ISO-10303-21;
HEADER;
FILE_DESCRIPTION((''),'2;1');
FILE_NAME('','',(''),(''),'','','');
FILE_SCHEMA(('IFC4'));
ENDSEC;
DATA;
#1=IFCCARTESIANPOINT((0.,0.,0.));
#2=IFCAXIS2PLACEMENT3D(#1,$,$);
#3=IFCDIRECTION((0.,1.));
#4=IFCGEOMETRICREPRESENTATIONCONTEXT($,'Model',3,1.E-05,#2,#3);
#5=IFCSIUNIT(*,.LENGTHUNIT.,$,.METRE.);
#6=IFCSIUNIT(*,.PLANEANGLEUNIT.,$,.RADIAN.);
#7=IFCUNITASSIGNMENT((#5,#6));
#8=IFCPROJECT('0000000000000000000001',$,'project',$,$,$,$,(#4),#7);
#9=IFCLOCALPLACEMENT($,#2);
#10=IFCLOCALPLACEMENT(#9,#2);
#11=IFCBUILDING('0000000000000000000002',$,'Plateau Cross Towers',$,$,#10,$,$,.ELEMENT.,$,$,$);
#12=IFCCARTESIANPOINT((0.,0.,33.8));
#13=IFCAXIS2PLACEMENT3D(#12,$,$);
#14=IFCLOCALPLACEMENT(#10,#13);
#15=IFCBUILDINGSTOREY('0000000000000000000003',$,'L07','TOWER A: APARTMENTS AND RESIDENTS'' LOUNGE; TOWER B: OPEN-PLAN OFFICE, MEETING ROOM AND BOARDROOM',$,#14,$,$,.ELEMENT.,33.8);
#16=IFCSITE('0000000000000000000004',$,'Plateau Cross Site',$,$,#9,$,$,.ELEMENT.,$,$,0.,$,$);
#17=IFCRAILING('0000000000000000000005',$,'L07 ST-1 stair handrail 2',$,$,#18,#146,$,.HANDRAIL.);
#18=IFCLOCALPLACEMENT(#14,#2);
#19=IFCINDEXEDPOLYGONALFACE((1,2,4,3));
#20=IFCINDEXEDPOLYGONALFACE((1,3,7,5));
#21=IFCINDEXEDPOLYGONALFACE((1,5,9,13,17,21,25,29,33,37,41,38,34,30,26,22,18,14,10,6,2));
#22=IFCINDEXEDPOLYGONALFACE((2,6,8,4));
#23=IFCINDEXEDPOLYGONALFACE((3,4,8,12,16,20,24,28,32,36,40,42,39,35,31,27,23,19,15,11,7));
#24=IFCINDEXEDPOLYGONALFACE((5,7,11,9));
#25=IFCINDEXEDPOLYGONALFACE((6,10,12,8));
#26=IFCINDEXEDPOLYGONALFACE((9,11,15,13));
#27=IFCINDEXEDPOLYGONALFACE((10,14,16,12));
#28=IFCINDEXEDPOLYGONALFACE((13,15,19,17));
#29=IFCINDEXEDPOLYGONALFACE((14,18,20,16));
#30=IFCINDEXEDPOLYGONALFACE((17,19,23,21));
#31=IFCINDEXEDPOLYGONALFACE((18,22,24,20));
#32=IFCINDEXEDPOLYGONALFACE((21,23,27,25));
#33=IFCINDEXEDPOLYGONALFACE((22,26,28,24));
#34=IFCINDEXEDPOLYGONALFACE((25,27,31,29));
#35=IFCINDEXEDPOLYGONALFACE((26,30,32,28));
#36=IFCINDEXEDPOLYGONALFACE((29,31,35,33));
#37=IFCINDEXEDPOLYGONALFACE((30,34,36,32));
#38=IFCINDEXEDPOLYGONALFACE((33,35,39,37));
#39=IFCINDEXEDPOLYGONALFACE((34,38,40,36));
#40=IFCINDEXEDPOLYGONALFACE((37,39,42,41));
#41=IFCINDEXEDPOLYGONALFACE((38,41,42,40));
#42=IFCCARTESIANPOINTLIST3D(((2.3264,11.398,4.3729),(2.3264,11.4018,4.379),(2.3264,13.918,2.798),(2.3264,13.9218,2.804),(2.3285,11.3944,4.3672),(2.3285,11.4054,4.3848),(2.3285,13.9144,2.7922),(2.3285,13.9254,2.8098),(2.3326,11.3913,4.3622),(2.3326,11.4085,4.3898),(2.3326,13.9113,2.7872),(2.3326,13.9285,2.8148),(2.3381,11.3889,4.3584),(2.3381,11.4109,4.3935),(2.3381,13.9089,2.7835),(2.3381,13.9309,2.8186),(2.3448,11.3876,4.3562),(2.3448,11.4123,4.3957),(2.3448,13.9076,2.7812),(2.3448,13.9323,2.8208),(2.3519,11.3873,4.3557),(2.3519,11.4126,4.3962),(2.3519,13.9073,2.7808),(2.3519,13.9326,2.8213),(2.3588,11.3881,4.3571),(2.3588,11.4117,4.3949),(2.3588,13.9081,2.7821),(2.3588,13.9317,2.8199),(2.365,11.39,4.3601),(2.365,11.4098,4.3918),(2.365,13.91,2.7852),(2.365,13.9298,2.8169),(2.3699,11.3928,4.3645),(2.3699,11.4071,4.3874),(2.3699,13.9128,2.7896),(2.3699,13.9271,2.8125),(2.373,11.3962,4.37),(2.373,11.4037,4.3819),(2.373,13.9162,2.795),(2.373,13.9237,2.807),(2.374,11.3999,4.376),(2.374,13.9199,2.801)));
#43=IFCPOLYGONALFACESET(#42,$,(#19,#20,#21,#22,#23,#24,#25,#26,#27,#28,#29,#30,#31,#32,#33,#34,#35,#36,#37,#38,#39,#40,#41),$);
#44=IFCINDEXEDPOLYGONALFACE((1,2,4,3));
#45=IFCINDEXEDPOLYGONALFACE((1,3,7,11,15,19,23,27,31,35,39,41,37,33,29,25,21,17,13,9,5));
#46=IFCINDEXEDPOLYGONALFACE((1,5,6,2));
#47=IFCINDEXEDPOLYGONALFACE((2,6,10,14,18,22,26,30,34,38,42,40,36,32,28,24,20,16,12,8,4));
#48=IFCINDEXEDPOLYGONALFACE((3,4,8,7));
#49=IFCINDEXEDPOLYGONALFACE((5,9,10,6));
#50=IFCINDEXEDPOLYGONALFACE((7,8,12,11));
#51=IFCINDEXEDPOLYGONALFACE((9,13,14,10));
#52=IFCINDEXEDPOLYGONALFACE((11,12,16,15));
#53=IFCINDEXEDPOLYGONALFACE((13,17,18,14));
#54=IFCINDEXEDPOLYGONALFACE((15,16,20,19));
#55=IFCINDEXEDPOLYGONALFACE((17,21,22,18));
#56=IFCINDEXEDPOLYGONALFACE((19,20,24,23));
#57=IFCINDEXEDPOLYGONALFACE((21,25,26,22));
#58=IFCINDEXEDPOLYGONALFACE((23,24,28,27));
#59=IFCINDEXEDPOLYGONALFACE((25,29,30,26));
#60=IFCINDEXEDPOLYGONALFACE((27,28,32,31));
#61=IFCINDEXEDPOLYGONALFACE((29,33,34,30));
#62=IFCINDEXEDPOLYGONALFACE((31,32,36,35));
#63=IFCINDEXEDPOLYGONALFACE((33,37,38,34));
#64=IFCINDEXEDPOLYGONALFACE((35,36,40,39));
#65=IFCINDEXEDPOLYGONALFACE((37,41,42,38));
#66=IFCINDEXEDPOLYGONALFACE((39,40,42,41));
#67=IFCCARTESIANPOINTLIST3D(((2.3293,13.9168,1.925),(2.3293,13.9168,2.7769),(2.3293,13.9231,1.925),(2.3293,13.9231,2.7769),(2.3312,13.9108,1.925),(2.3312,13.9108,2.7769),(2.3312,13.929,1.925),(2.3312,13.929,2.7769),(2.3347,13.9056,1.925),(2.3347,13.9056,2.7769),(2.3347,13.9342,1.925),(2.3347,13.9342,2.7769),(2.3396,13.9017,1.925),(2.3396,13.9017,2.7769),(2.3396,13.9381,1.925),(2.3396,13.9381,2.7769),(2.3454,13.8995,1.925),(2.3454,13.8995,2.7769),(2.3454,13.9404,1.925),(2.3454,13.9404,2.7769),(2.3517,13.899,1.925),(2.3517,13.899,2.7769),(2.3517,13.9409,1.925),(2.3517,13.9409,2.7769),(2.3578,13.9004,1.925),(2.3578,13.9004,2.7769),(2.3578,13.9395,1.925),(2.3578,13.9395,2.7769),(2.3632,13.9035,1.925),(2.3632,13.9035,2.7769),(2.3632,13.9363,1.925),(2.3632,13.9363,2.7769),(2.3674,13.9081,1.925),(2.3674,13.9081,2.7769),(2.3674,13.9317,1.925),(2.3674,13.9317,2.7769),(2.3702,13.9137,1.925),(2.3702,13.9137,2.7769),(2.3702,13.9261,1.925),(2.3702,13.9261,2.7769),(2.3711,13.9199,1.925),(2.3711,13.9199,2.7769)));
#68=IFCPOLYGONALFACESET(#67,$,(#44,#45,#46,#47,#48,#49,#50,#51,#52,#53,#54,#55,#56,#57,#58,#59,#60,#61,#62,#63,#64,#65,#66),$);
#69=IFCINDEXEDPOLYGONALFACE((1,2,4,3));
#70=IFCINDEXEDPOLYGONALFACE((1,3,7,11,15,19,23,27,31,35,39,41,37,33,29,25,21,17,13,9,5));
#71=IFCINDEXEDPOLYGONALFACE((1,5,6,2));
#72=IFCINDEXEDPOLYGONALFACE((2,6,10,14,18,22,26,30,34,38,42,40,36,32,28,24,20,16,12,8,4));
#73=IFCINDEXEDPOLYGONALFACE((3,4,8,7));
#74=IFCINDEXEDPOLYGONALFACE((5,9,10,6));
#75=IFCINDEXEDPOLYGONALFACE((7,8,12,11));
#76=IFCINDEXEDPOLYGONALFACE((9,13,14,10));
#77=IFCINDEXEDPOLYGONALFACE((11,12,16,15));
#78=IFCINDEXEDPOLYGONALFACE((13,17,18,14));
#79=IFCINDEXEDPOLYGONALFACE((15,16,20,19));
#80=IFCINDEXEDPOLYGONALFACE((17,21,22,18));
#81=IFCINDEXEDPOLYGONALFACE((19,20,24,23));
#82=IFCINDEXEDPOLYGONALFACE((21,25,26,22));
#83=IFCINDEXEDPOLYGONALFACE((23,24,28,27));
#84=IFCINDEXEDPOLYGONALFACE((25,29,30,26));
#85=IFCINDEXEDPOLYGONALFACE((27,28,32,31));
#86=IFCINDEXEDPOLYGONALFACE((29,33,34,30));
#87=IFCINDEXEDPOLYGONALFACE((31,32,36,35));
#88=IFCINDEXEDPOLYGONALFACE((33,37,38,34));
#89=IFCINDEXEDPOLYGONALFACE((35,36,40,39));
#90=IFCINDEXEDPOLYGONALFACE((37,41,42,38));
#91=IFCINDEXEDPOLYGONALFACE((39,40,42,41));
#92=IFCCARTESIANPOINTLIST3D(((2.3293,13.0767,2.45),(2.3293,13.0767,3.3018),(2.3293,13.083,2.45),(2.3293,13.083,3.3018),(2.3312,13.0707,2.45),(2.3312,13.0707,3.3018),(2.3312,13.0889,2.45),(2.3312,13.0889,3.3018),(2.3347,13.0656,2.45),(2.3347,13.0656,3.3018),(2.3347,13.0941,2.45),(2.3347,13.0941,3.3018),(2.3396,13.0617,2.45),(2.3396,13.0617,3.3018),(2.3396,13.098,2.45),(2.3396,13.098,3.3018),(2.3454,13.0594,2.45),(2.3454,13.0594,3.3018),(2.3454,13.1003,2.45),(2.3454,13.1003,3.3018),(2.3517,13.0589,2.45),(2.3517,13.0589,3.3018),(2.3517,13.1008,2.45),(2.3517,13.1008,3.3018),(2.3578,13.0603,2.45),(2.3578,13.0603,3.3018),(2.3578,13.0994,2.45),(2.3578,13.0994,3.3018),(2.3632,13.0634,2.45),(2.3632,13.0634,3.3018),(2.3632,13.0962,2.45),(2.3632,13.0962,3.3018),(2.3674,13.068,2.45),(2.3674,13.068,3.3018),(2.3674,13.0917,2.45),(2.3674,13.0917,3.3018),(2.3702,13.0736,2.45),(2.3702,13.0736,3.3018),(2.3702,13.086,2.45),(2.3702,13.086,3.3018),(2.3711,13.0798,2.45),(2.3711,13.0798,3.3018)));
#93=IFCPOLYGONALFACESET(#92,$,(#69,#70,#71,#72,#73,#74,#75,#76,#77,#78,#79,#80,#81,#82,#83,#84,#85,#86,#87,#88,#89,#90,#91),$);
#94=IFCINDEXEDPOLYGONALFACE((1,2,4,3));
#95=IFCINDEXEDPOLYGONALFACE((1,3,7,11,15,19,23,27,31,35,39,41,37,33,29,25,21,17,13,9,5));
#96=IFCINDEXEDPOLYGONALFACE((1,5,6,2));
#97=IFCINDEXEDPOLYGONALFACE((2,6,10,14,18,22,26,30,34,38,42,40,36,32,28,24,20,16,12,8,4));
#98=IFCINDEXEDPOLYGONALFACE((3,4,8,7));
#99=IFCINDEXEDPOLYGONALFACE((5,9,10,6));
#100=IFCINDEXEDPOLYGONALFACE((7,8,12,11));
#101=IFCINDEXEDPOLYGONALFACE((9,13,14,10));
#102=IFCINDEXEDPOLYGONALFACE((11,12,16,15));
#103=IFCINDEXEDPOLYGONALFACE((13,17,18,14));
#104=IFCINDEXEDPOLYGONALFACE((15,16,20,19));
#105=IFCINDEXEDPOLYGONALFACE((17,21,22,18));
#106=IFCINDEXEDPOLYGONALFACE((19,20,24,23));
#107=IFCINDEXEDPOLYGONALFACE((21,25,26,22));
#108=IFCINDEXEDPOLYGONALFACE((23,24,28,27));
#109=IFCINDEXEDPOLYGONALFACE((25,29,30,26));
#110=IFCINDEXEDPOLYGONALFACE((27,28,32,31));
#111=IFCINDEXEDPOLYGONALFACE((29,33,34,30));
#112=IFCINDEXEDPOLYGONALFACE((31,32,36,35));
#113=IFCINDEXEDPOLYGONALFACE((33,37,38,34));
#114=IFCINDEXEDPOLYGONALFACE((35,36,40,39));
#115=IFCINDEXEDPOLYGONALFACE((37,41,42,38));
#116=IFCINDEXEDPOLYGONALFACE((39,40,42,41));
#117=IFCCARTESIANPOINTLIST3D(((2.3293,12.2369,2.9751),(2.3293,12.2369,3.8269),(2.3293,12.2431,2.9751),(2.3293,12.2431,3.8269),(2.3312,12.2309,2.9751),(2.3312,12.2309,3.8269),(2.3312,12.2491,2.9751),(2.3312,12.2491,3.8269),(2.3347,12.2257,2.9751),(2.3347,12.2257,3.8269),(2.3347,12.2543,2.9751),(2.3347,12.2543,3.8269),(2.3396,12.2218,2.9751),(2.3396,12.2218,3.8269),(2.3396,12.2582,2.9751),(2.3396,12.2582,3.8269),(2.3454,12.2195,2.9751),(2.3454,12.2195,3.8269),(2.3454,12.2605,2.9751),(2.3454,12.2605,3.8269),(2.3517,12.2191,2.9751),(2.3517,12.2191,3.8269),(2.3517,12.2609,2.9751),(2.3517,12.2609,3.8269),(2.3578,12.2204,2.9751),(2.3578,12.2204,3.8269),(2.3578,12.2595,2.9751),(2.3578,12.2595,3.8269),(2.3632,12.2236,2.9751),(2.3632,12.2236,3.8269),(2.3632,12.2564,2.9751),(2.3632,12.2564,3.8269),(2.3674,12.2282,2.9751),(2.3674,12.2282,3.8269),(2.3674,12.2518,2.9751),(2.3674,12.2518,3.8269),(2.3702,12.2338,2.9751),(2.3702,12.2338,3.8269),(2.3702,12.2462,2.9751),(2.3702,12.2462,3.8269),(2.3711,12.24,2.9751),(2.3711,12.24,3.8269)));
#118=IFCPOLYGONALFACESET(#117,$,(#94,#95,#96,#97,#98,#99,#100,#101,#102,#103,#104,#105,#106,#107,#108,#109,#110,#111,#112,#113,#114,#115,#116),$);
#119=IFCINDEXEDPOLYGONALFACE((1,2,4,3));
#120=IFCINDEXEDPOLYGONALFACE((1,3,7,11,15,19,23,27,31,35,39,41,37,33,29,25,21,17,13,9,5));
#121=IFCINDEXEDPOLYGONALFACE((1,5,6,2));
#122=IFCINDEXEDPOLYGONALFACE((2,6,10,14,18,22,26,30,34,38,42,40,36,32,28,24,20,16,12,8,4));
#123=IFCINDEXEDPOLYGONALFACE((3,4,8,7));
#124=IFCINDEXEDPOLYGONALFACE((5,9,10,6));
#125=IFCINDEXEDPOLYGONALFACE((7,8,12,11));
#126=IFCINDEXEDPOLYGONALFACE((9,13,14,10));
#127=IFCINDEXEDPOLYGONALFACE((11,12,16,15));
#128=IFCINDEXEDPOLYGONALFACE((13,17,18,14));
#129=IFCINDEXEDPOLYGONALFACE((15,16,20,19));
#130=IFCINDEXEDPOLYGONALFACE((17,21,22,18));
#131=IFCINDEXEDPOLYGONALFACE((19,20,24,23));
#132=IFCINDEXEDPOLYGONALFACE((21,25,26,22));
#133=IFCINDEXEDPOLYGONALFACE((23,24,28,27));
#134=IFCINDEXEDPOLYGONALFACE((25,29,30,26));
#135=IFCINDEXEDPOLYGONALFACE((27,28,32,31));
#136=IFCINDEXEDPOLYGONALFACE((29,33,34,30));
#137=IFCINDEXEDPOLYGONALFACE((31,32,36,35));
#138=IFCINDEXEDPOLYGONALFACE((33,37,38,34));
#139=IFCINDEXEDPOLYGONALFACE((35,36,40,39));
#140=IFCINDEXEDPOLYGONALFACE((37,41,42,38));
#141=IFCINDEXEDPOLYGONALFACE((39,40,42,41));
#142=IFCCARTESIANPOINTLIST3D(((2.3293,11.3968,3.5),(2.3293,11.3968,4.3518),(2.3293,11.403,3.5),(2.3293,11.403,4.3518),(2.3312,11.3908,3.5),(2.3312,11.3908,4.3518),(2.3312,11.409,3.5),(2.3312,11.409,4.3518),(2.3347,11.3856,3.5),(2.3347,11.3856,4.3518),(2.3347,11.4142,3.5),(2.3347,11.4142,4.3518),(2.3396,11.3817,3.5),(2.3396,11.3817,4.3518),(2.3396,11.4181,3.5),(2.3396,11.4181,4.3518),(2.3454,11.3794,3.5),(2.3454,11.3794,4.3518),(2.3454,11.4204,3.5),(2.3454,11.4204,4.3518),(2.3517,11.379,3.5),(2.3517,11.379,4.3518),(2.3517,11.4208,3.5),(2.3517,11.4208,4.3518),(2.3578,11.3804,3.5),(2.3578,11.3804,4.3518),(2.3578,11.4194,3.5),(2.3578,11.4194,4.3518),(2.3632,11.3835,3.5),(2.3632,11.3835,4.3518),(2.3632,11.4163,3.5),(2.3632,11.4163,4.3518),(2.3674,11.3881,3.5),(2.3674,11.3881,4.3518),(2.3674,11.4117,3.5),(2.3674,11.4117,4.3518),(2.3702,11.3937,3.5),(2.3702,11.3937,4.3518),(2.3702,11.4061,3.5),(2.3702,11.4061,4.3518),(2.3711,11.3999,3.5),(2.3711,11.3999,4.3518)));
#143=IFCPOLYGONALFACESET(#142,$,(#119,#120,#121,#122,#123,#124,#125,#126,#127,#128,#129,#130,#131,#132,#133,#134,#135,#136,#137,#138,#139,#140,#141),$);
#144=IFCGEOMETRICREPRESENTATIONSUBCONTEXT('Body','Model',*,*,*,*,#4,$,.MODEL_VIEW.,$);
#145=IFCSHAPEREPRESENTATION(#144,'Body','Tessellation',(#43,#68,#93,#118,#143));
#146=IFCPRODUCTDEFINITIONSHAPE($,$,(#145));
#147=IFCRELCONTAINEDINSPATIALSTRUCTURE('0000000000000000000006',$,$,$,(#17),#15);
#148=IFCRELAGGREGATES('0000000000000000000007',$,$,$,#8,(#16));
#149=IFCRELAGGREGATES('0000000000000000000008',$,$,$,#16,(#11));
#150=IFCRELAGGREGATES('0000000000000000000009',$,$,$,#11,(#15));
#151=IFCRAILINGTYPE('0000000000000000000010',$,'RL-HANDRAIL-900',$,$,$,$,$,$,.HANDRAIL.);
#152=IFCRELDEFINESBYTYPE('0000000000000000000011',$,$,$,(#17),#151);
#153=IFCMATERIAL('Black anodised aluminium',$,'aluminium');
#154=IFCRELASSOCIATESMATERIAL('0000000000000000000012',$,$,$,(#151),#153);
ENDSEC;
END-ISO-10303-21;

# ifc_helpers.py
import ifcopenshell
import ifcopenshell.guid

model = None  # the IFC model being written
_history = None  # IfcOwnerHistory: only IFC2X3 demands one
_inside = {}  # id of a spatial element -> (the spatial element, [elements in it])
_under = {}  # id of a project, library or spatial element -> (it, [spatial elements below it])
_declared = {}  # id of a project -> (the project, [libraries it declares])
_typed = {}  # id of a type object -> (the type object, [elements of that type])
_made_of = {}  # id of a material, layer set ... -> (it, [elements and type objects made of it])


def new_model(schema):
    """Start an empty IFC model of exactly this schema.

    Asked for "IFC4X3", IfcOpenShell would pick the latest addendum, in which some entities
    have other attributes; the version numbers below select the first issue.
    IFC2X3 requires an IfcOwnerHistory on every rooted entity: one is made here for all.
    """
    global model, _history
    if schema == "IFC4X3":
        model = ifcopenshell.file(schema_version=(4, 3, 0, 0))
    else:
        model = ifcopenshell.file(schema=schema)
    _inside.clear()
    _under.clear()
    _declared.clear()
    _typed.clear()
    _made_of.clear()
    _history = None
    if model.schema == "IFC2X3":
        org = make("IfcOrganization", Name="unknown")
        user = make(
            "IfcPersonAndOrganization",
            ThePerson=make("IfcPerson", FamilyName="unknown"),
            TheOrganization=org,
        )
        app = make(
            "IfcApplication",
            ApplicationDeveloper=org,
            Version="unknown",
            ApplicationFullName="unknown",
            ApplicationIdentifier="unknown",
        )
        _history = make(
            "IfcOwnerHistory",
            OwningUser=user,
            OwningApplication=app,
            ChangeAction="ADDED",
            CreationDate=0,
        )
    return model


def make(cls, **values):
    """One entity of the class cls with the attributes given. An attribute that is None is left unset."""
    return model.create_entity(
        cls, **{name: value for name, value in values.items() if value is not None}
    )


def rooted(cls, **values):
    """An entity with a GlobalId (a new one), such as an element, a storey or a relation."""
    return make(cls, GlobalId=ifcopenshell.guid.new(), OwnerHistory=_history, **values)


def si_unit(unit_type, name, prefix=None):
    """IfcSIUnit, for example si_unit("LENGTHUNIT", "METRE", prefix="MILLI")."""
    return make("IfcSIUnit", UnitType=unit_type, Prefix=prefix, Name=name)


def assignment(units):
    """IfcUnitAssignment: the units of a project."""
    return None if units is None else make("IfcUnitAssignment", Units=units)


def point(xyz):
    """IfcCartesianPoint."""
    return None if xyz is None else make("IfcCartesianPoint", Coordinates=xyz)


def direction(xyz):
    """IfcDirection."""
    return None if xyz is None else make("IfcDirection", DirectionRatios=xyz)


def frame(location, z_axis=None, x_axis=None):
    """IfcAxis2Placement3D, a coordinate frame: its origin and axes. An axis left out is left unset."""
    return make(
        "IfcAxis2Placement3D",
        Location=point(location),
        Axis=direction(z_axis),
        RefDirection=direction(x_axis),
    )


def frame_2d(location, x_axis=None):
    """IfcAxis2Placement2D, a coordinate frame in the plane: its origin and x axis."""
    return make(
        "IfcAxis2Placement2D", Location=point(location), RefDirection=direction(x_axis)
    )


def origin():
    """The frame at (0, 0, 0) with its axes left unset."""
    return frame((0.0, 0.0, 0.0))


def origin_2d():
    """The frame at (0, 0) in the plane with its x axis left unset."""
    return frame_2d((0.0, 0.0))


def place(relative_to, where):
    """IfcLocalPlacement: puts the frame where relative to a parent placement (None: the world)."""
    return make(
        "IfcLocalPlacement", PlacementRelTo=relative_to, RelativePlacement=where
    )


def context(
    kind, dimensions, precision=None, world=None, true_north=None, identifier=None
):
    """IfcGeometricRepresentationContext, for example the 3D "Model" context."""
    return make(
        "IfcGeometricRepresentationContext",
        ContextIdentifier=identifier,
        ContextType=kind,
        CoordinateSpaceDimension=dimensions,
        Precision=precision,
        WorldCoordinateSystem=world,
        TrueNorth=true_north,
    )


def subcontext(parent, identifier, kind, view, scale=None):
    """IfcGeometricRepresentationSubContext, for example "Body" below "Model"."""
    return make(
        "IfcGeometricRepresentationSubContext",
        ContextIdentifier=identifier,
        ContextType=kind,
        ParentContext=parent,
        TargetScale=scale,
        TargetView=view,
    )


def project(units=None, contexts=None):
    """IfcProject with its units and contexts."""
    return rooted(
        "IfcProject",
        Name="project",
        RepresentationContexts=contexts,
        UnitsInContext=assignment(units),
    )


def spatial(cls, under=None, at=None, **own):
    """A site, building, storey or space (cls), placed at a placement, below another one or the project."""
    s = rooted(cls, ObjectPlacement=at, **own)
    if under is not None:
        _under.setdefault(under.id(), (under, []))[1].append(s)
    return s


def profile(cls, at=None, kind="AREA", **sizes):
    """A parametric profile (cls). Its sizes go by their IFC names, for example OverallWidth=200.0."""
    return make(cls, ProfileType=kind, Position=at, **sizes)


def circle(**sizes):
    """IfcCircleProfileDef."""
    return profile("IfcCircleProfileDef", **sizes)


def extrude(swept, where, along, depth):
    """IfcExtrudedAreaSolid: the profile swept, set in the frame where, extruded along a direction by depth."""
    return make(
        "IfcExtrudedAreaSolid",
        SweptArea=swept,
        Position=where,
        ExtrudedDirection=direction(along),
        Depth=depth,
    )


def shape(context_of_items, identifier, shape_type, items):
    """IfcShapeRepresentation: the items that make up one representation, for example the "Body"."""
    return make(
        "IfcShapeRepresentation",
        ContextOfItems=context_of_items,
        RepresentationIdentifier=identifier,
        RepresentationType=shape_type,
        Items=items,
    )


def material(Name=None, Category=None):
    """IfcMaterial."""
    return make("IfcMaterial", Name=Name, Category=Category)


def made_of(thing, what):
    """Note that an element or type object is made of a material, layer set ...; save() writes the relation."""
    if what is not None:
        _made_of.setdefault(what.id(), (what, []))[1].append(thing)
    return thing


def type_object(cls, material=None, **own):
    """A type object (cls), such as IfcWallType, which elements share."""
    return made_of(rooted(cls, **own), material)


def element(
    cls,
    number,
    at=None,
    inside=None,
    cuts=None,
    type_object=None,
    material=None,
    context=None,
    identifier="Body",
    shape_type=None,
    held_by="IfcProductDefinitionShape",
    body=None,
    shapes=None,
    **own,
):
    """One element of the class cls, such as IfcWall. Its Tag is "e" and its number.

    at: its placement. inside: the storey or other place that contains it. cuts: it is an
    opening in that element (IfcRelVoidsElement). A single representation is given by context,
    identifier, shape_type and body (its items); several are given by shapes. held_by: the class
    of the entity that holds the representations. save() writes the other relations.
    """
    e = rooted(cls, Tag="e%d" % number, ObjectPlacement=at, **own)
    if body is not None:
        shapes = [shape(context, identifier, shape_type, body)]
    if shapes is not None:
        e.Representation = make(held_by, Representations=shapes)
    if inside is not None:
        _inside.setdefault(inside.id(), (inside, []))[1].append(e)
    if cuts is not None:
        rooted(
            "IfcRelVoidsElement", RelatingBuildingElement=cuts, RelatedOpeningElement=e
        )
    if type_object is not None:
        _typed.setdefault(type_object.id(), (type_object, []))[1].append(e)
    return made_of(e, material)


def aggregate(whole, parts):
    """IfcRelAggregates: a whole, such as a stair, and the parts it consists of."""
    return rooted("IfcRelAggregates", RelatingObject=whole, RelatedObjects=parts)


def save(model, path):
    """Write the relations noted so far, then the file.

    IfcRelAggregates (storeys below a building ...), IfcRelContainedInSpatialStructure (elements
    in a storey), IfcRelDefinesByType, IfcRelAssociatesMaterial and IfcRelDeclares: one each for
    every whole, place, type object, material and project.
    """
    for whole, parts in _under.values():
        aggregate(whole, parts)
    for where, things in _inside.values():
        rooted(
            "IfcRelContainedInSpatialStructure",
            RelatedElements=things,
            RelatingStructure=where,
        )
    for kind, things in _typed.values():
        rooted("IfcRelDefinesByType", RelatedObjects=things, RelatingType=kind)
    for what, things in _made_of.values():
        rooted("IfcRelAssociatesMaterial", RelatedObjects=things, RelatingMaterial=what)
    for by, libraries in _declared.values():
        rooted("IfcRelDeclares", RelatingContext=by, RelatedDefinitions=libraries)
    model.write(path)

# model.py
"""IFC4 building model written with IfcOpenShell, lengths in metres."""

from ifc_helpers import new_model, si_unit, direction, frame, origin, origin_2d, place, context, subcontext, project, spatial, circle, extrude, material, type_object, element, save


model = new_model("IFC4")

# Units and contexts
model_context = context("Model", 3, precision=1e-05, world=origin(), true_north=direction((0.0, 1.0)))
body_context = subcontext(model_context, "Body", "Model", "MODEL_VIEW")
ifc_project = project(units=[si_unit("LENGTHUNIT", "METRE"), si_unit("PLANEANGLEUNIT", "RADIAN")], contexts=[model_context])

# Site, building, storey
site_placement = place(None, origin())
site = spatial("IfcSite", under=ifc_project, at=site_placement, Name="Plateau Cross Site", CompositionType="ELEMENT", RefElevation=0.0)
building_placement = place(site_placement, origin())
building = spatial("IfcBuilding", under=site, at=building_placement, Name="Plateau Cross Towers", CompositionType="ELEMENT")
storey_placement = place(building_placement, frame((0.0, 0.0, 33.8)))
storey = spatial("IfcBuildingStorey", under=building, at=storey_placement, Name="L07", Description="TOWER A: APARTMENTS AND RESIDENTS' LOUNGE; TOWER B: OPEN-PLAN OFFICE, MEETING ROOM AND BOARDROOM", CompositionType="ELEMENT", Elevation=33.8)

# Shared definitions
ifc_material_1 = material(Name="Black anodised aluminium", Category="aluminium")

# Railing
railing_type_1 = type_object("IfcRailingType", Name="RL-HANDRAIL-900", PredefinedType="HANDRAIL", material=ifc_material_1)
railing_1_placement = place(storey_placement, frame((2.3501, 13.9199, 1.925)))
element("IfcRailing", 1, at=railing_1_placement, inside=storey, type_object=railing_type_1, Name="L07 ST-1 stair handrail 2", PredefinedType="HANDRAIL", context=body_context, shape_type="SweptSolid", body=[
    extrude(circle(Radius=0.0239, at=origin_2d()), frame((0.0, 0.0, 0.876), z_axis=(0.0, -0.848008, 0.529984), x_axis=(1.0, 0.0, 0.0)), (0.0, 0.0, 1.0), 2.9717),
    extrude(circle(Radius=0.021, at=origin_2d()), origin(), (0.0, 0.0, 1.0), 0.8518),
    extrude(circle(Radius=0.021, at=origin_2d()), frame((0.0, -0.8401, 0.5249)), (0.0, 0.0, 1.0), 0.8518),
    extrude(circle(Radius=0.021, at=origin_2d()), frame((0.0, -1.6799, 1.05)), (0.0, 0.0, 1.0), 0.8518),
    extrude(circle(Radius=0.021, at=origin_2d()), frame((0.0, -2.52, 1.575)), (0.0, 0.0, 1.0), 0.8518),
])

save(model, "model.ifc")
